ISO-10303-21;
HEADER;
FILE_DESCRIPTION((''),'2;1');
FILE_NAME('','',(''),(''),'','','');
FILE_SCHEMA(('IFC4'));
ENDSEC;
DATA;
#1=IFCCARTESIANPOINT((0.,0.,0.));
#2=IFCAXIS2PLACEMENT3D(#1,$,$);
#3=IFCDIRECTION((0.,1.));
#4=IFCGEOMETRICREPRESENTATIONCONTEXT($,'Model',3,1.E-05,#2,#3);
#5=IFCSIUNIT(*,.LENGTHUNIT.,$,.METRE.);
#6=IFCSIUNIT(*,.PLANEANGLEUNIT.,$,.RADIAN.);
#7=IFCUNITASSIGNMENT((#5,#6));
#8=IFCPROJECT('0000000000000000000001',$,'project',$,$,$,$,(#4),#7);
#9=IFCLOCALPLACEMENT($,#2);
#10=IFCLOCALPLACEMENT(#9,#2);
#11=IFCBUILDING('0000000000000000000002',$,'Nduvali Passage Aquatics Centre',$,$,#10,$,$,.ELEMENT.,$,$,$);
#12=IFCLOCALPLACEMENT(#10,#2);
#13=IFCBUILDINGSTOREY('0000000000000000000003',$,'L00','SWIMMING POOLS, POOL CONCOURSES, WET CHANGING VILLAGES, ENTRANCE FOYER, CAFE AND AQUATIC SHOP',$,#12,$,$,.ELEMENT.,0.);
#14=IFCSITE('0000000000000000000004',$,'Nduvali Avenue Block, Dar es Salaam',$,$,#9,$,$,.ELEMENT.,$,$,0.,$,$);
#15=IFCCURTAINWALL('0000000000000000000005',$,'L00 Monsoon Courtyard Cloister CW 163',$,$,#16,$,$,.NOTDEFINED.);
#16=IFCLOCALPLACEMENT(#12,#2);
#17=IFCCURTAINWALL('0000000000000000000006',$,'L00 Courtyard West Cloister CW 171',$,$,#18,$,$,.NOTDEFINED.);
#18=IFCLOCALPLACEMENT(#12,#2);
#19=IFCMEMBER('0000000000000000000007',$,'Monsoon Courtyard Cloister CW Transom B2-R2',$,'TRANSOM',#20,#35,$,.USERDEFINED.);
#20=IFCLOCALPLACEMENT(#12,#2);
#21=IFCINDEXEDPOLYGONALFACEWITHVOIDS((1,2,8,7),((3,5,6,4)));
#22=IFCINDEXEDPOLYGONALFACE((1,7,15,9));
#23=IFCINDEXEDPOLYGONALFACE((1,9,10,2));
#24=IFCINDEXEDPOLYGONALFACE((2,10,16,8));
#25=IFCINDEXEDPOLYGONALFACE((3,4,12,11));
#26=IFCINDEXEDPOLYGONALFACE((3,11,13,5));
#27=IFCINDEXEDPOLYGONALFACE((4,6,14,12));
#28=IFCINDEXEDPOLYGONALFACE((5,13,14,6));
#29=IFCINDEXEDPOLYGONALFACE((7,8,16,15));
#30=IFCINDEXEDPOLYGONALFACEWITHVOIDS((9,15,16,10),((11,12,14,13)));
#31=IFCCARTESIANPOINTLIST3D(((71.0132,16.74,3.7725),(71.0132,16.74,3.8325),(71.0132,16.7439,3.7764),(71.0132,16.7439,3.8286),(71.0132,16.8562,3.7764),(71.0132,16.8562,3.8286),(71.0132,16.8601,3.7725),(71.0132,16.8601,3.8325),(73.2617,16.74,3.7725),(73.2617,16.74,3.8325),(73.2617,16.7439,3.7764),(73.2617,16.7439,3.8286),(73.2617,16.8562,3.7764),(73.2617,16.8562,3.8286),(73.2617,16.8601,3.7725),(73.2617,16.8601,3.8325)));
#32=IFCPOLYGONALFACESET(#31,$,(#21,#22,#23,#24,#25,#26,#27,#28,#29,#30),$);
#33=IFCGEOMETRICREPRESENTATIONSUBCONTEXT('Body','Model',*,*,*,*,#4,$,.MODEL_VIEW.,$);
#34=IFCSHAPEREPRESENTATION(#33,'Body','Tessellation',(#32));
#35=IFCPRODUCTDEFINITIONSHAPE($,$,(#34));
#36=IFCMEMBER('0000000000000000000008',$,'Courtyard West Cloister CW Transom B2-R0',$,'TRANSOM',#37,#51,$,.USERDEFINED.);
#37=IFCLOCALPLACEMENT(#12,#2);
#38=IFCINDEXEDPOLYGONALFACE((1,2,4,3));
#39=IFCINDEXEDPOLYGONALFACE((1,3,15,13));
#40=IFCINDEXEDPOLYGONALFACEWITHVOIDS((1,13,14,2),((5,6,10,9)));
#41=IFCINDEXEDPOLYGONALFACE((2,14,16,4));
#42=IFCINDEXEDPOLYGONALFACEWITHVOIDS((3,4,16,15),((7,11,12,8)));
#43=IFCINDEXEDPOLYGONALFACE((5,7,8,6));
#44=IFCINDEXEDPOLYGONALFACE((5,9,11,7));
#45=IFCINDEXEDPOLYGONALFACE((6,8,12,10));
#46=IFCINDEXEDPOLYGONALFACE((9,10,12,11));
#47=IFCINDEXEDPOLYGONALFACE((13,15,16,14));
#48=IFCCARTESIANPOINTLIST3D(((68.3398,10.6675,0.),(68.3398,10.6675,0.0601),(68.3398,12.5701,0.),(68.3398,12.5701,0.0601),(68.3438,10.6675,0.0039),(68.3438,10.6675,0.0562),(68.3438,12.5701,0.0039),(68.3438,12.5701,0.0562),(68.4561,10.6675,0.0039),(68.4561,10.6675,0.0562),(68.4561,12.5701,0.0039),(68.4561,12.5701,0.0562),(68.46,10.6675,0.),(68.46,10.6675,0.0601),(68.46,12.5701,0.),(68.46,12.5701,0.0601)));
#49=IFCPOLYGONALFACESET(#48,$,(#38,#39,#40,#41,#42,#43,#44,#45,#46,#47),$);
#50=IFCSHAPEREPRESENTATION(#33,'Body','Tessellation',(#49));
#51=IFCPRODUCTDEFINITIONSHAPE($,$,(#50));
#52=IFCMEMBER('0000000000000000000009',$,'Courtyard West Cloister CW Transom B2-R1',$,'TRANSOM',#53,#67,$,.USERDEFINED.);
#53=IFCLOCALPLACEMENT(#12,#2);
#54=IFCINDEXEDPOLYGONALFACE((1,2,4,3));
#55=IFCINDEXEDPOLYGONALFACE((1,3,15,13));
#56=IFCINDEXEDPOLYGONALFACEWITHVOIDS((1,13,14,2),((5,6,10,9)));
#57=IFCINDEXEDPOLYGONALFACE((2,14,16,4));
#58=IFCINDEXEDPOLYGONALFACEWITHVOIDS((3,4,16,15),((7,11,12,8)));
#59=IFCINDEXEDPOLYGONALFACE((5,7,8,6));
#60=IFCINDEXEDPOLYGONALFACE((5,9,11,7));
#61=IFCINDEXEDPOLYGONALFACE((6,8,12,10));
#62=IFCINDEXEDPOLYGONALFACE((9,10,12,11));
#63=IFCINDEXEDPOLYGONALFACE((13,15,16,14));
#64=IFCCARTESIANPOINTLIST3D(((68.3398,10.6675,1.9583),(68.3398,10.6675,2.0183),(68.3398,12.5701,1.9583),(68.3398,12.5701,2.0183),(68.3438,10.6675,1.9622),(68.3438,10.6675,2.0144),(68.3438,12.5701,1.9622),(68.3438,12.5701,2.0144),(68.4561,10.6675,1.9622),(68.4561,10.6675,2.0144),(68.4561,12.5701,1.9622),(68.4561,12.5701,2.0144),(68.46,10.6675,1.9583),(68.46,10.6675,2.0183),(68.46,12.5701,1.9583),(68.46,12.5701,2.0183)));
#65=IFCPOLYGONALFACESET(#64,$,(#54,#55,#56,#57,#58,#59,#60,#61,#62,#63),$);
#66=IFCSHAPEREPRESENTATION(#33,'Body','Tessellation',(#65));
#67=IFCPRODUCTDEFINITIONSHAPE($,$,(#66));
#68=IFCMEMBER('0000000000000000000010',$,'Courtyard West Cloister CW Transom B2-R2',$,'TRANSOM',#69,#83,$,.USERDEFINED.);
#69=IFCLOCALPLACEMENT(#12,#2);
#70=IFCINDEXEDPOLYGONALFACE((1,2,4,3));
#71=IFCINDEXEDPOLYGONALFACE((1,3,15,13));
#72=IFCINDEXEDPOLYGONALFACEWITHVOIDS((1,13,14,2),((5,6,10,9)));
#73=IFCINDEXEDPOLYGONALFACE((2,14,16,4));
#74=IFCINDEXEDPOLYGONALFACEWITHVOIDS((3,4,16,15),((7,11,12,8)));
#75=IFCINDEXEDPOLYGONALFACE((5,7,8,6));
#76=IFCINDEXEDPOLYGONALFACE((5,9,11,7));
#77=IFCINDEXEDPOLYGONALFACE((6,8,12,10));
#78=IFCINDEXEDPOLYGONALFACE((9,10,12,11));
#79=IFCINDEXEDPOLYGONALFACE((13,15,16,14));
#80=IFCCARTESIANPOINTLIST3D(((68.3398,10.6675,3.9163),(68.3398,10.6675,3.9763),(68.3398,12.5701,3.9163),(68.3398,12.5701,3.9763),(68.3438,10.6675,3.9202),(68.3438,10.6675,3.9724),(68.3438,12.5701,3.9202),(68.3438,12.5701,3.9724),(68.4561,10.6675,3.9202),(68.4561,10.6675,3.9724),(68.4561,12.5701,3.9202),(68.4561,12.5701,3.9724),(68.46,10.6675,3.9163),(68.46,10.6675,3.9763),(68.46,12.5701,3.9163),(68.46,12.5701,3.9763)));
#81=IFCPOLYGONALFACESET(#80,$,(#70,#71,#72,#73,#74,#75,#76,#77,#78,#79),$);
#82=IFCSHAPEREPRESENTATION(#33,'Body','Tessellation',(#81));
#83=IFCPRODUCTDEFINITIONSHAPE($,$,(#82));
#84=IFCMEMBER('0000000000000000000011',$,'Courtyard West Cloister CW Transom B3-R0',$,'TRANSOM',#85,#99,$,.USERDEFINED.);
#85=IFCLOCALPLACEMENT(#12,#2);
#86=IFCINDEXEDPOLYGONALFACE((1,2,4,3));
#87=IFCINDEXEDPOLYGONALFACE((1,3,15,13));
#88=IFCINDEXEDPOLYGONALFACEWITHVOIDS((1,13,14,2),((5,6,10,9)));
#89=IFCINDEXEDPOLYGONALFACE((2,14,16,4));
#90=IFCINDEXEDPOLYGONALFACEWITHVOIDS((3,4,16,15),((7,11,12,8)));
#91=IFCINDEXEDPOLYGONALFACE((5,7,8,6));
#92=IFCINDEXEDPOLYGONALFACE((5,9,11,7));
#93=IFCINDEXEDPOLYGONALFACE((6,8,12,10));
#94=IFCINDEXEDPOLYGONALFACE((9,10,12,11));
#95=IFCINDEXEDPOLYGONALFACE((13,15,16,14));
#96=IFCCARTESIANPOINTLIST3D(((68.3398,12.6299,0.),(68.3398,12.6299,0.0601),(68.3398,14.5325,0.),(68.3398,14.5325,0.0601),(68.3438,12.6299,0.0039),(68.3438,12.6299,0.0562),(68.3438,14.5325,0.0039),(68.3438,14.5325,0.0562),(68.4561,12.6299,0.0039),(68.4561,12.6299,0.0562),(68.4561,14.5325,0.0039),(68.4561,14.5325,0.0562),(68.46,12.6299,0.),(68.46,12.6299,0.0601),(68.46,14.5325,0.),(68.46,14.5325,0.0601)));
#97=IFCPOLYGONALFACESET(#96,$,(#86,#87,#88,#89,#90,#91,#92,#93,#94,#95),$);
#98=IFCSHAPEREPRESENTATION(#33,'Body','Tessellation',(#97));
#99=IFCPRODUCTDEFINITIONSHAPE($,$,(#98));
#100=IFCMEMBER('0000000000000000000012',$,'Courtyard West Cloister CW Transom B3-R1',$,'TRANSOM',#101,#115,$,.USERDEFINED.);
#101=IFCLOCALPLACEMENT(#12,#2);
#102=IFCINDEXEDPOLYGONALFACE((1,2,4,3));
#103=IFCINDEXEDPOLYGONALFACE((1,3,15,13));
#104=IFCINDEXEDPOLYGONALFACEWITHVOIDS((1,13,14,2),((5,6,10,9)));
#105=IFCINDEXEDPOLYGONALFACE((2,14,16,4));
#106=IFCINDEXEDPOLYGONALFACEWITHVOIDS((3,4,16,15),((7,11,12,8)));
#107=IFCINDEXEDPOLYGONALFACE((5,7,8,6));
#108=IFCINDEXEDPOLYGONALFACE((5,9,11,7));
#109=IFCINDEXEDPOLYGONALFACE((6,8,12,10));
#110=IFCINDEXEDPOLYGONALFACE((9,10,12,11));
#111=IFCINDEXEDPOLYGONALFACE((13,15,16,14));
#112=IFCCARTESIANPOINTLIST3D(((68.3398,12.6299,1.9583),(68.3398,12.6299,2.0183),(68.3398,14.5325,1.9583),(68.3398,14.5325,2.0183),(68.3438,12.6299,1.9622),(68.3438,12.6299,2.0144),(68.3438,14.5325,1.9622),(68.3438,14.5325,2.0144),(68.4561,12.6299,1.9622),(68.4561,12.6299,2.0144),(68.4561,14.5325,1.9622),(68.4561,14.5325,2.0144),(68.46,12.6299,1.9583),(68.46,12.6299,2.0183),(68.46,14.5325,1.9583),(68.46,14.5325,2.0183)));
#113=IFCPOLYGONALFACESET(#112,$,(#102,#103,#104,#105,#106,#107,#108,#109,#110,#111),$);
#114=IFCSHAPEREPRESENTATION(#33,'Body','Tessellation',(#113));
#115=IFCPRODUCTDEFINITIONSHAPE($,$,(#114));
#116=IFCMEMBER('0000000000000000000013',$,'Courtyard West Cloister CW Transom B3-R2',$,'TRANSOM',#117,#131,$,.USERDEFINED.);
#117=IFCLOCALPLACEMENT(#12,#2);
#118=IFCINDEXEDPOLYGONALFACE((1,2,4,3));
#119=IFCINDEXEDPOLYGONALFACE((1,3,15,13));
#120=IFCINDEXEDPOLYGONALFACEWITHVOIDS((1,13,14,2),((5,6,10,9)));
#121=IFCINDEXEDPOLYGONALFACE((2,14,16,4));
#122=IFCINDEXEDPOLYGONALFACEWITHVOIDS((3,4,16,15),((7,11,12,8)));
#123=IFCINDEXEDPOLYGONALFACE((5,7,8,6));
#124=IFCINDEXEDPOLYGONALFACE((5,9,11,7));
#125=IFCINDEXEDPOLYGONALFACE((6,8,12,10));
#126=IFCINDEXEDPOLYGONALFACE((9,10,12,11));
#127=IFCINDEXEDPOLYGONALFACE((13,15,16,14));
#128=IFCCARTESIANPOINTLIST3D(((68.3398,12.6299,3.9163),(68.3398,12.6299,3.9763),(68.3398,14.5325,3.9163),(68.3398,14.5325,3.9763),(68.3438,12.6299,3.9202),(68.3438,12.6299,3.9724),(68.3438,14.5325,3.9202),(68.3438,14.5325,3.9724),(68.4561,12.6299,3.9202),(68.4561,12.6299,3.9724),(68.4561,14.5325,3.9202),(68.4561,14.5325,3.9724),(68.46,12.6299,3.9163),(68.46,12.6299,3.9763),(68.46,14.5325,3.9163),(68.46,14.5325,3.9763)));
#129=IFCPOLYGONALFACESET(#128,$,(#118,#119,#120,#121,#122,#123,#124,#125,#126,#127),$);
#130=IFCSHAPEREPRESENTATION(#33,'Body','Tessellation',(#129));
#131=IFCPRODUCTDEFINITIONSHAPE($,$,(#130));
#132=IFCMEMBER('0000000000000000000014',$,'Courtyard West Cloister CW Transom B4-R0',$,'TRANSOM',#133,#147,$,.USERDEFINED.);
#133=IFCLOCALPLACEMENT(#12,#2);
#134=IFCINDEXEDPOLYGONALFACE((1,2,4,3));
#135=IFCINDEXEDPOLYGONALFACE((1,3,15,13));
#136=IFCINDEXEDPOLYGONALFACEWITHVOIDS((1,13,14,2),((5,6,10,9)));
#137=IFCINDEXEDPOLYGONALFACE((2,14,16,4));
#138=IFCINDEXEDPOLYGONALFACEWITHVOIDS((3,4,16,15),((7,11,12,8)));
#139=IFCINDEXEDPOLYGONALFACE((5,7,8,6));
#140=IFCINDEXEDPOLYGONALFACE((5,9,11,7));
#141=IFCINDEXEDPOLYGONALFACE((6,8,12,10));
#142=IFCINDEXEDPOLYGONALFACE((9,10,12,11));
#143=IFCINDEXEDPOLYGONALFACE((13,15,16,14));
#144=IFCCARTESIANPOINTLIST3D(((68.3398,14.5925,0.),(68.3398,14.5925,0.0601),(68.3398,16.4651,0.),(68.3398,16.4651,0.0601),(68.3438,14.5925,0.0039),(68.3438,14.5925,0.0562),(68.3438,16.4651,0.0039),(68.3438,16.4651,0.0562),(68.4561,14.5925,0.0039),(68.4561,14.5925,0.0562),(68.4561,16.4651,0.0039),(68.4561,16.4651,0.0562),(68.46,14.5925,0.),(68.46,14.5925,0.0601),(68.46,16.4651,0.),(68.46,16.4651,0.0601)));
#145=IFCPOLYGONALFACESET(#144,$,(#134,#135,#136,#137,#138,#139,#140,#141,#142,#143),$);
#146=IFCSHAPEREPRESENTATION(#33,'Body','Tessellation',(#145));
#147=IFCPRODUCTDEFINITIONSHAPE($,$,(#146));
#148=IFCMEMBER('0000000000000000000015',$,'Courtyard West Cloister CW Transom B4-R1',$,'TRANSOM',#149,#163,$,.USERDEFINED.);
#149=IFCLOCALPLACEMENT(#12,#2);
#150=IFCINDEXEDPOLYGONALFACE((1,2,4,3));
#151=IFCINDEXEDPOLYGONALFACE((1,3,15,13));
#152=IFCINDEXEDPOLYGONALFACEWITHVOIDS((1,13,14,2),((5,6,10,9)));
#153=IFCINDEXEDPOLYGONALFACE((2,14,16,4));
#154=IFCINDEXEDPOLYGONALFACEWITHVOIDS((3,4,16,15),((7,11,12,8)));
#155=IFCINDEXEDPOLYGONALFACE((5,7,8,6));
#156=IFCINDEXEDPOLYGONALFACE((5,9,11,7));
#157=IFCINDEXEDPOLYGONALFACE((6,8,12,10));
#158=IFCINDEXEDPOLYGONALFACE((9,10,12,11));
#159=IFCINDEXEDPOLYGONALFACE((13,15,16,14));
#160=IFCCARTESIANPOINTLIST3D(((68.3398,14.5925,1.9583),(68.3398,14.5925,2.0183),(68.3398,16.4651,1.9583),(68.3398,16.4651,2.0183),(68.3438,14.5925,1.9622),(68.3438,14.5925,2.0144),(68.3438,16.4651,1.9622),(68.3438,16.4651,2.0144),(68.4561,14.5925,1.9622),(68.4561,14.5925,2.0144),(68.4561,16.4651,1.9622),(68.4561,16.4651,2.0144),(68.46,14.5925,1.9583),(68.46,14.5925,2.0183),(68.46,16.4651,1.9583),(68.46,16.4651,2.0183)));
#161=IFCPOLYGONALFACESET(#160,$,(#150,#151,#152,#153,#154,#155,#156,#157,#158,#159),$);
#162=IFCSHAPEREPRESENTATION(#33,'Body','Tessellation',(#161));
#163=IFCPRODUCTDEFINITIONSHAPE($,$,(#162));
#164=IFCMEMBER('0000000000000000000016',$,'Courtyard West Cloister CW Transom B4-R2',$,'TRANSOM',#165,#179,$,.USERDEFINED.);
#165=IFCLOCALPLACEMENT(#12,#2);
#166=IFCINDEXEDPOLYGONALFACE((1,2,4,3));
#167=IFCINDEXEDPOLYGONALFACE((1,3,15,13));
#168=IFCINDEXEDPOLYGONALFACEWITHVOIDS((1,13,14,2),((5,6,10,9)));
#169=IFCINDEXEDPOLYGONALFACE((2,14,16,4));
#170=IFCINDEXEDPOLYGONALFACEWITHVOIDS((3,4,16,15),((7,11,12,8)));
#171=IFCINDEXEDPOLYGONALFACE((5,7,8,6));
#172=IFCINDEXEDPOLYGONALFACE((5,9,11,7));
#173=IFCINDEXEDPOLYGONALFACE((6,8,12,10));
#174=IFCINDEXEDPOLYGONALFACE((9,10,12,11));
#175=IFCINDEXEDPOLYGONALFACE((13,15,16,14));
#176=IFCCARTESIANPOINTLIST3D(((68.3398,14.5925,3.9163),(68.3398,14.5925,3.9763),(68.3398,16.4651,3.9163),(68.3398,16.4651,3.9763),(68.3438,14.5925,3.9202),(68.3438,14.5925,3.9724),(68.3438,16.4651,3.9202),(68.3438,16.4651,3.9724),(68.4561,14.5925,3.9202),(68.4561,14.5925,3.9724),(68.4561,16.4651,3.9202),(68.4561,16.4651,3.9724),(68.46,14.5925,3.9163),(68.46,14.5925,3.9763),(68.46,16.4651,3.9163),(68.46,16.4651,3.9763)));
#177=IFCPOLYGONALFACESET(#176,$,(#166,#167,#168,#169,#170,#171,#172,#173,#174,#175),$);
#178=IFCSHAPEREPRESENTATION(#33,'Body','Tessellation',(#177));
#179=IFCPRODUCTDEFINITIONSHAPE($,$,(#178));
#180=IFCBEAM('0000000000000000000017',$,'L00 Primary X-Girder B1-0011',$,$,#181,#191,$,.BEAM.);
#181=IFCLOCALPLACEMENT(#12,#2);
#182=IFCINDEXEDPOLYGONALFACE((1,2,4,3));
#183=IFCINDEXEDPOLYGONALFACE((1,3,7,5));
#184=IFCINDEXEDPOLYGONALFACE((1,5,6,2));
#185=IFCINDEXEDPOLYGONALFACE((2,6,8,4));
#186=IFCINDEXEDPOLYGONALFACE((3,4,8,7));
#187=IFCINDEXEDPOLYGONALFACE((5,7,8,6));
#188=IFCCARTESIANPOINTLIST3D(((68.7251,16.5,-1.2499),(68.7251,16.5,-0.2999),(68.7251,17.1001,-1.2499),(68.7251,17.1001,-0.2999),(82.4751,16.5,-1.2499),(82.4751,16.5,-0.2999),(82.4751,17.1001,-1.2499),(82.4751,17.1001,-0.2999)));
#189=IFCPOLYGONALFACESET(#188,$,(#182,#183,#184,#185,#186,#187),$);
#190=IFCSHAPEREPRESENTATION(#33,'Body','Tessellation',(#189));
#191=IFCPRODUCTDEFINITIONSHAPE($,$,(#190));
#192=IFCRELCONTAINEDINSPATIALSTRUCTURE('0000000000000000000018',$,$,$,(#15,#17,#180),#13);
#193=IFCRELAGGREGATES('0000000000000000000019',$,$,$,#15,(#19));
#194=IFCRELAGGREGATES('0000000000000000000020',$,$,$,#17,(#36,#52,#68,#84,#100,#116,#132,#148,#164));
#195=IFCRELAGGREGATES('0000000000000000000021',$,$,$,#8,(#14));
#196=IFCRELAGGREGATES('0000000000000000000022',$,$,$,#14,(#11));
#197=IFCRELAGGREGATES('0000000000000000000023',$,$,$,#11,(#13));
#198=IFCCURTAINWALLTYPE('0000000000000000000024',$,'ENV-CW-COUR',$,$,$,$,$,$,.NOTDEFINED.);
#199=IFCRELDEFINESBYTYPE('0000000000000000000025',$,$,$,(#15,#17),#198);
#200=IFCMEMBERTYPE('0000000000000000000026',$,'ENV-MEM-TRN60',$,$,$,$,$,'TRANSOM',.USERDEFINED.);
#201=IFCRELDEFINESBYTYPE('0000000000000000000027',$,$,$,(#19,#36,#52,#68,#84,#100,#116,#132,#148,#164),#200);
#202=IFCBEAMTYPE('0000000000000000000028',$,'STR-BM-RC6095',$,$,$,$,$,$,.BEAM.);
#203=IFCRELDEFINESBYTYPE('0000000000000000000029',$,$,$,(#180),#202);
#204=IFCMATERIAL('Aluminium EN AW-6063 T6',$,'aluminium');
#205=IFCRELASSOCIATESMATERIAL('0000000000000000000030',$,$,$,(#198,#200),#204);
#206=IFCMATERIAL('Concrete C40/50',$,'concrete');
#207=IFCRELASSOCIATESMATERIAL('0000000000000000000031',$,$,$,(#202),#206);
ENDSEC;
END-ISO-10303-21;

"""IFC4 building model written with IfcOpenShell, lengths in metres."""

from ifc_helpers import new_model, si_unit, direction, frame, origin, origin_2d, place, context, subcontext, project, spatial, rectangle, hollow_rectangle, extrude, material, material_profile, profile_set, type_object, element, aggregate, save


model = new_model("IFC4")

# Units and contexts
model_context = context("Model", 3, precision=1e-05, world=origin(), true_north=direction((0.0, 1.0)))
body_context = subcontext(model_context, "Body", "Model", "MODEL_VIEW")
ifc_project = project(units=[si_unit("LENGTHUNIT", "METRE"), si_unit("PLANEANGLEUNIT", "RADIAN")], contexts=[model_context])

# Site, building, storey
site_placement = place(None, origin())
site = spatial("IfcSite", under=ifc_project, at=site_placement, Name="Nduvali Avenue Block, Dar es Salaam", CompositionType="ELEMENT", RefElevation=0.0)
building_placement = place(site_placement, origin())
building = spatial("IfcBuilding", under=site, at=building_placement, Name="Nduvali Passage Aquatics Centre", CompositionType="ELEMENT")
storey_placement = place(building_placement, origin())
storey = spatial("IfcBuildingStorey", under=building, at=storey_placement, Name="L00", Description="SWIMMING POOLS, POOL CONCOURSES, WET CHANGING VILLAGES, ENTRANCE FOYER, CAFE AND AQUATIC SHOP", CompositionType="ELEMENT", Elevation=0.0)

# Shared definitions
ifc_material_1 = material(Name="Concrete C40/50", Category="concrete")

# Curtain walls
ifc_material_2 = material(Name="Aluminium EN AW-6063 T6", Category="aluminium")
curtain_wall_type = type_object("IfcCurtainWallType", Name="ENV-CW-COUR", PredefinedType="NOTDEFINED", material=ifc_material_2)
curtain_wall_1_placement = place(storey_placement, origin())
curtain_wall_1 = element("IfcCurtainWall", 1, at=curtain_wall_1_placement, inside=storey, type_object=curtain_wall_type, Name="L00 Monsoon Courtyard Cloister CW 163", PredefinedType="NOTDEFINED")
curtain_wall_2_placement = place(storey_placement, origin())
curtain_wall_2 = element("IfcCurtainWall", 2, at=curtain_wall_2_placement, inside=storey, type_object=curtain_wall_type, Name="L00 Courtyard West Cloister CW 171", PredefinedType="NOTDEFINED")

# Members
ifc_material_profile_1 = material_profile(ifc_material_2, hollow_rectangle(XDim=0.1201, YDim=0.0601, WallThickness=0.0039, at=origin_2d()), Name="ALU TRANSOM 120x60x4")
ifc_profile_set_1 = profile_set([ifc_material_profile_1], Name="Aluminium EN AW-6063 T6")
member_type_1 = type_object("IfcMemberType", Name="ENV-MEM-TRN60", ElementType="TRANSOM", PredefinedType="USERDEFINED", material=ifc_profile_set_1)
member_1_placement = place(storey_placement, frame((71.0132, 16.8, 3.8025), z_axis=(1.0, 0.0, 0.0), x_axis=(0.0, 1.0, 0.0)))
member_1 = element("IfcMember", 3, at=member_1_placement, type_object=member_type_1, Name="Monsoon Courtyard Cloister CW Transom B2-R2", ObjectType="TRANSOM", PredefinedType="USERDEFINED", context=body_context, shape_type="SweptSolid", body=[
    extrude(hollow_rectangle(XDim=0.1201, YDim=0.0601, WallThickness=0.0039, at=origin_2d()), origin(), (0.0, 0.0, 1.0), 2.2485),
])
member_2_placement = place(storey_placement, frame((68.3999, 10.6675, 0.03), z_axis=(0.0, 1.0, 0.0), x_axis=(-1.0, 0.0, 0.0)))
member_2 = element("IfcMember", 4, at=member_2_placement, type_object=member_type_1, Name="Courtyard West Cloister CW Transom B2-R0", ObjectType="TRANSOM", PredefinedType="USERDEFINED", context=body_context, shape_type="SweptSolid", body=[
    extrude(hollow_rectangle(XDim=0.1201, YDim=0.0601, WallThickness=0.0039, at=origin_2d()), origin(), (0.0, 0.0, 1.0), 1.9026),
])
member_3_placement = place(storey_placement, frame((68.3999, 10.6675, 1.9883), z_axis=(0.0, 1.0, 0.0), x_axis=(-1.0, 0.0, 0.0)))
member_3 = element("IfcMember", 5, at=member_3_placement, type_object=member_type_1, Name="Courtyard West Cloister CW Transom B2-R1", ObjectType="TRANSOM", PredefinedType="USERDEFINED", context=body_context, shape_type="SweptSolid", body=[
    extrude(hollow_rectangle(XDim=0.1201, YDim=0.0601, WallThickness=0.0039, at=origin_2d()), origin(), (0.0, 0.0, 1.0), 1.9026),
])
member_4_placement = place(storey_placement, frame((68.3999, 10.6675, 3.9463), z_axis=(0.0, 1.0, 0.0), x_axis=(-1.0, 0.0, 0.0)))
member_4 = element("IfcMember", 6, at=member_4_placement, type_object=member_type_1, Name="Courtyard West Cloister CW Transom B2-R2", ObjectType="TRANSOM", PredefinedType="USERDEFINED", context=body_context, shape_type="SweptSolid", body=[
    extrude(hollow_rectangle(XDim=0.1201, YDim=0.0601, WallThickness=0.0039, at=origin_2d()), origin(), (0.0, 0.0, 1.0), 1.9026),
])
member_5_placement = place(storey_placement, frame((68.3999, 12.6299, 0.03), z_axis=(0.0, 1.0, 0.0), x_axis=(-1.0, 0.0, 0.0)))
member_5 = element("IfcMember", 7, at=member_5_placement, type_object=member_type_1, Name="Courtyard West Cloister CW Transom B3-R0", ObjectType="TRANSOM", PredefinedType="USERDEFINED", context=body_context, shape_type="SweptSolid", body=[
    extrude(hollow_rectangle(XDim=0.1201, YDim=0.0601, WallThickness=0.0039, at=origin_2d()), origin(), (0.0, 0.0, 1.0), 1.9026),
])
member_6_placement = place(storey_placement, frame((68.3999, 12.6299, 1.9883), z_axis=(0.0, 1.0, 0.0), x_axis=(-1.0, 0.0, 0.0)))
member_6 = element("IfcMember", 8, at=member_6_placement, type_object=member_type_1, Name="Courtyard West Cloister CW Transom B3-R1", ObjectType="TRANSOM", PredefinedType="USERDEFINED", context=body_context, shape_type="SweptSolid", body=[
    extrude(hollow_rectangle(XDim=0.1201, YDim=0.0601, WallThickness=0.0039, at=origin_2d()), origin(), (0.0, 0.0, 1.0), 1.9026),
])
member_7_placement = place(storey_placement, frame((68.3999, 12.6299, 3.9463), z_axis=(0.0, 1.0, 0.0), x_axis=(-1.0, 0.0, 0.0)))
member_7 = element("IfcMember", 9, at=member_7_placement, type_object=member_type_1, Name="Courtyard West Cloister CW Transom B3-R2", ObjectType="TRANSOM", PredefinedType="USERDEFINED", context=body_context, shape_type="SweptSolid", body=[
    extrude(hollow_rectangle(XDim=0.1201, YDim=0.0601, WallThickness=0.0039, at=origin_2d()), origin(), (0.0, 0.0, 1.0), 1.9026),
])
member_8_placement = place(storey_placement, frame((68.3999, 14.5925, 0.03), z_axis=(0.0, 1.0, 0.0), x_axis=(-1.0, 0.0, 0.0)))
member_8 = element("IfcMember", 10, at=member_8_placement, type_object=member_type_1, Name="Courtyard West Cloister CW Transom B4-R0", ObjectType="TRANSOM", PredefinedType="USERDEFINED", context=body_context, shape_type="SweptSolid", body=[
    extrude(hollow_rectangle(XDim=0.1201, YDim=0.0601, WallThickness=0.0039, at=origin_2d()), origin(), (0.0, 0.0, 1.0), 1.8726),
])
member_9_placement = place(storey_placement, frame((68.3999, 14.5925, 1.9883), z_axis=(0.0, 1.0, 0.0), x_axis=(-1.0, 0.0, 0.0)))
member_9 = element("IfcMember", 11, at=member_9_placement, type_object=member_type_1, Name="Courtyard West Cloister CW Transom B4-R1", ObjectType="TRANSOM", PredefinedType="USERDEFINED", context=body_context, shape_type="SweptSolid", body=[
    extrude(hollow_rectangle(XDim=0.1201, YDim=0.0601, WallThickness=0.0039, at=origin_2d()), origin(), (0.0, 0.0, 1.0), 1.8726),
])
member_10_placement = place(storey_placement, frame((68.3999, 14.5925, 3.9463), z_axis=(0.0, 1.0, 0.0), x_axis=(-1.0, 0.0, 0.0)))
member_10 = element("IfcMember", 12, at=member_10_placement, type_object=member_type_1, Name="Courtyard West Cloister CW Transom B4-R2", ObjectType="TRANSOM", PredefinedType="USERDEFINED", context=body_context, shape_type="SweptSolid", body=[
    extrude(hollow_rectangle(XDim=0.1201, YDim=0.0601, WallThickness=0.0039, at=origin_2d()), origin(), (0.0, 0.0, 1.0), 1.8726),
])

# Beam
ifc_material_profile_2 = material_profile(ifc_material_1, rectangle(XDim=0.6001, YDim=0.95, at=origin_2d()), Name="RC 600x950")
ifc_profile_set_2 = profile_set([ifc_material_profile_2], Name="Concrete C40/50")
beam_type = type_object("IfcBeamType", Name="STR-BM-RC6095", PredefinedType="BEAM", material=ifc_profile_set_2)
beam_placement = place(storey_placement, frame((68.7251, 16.8, -0.7749), z_axis=(1.0, 0.0, 0.0), x_axis=(0.0, 1.0, 0.0)))
element("IfcBeam", 13, at=beam_placement, inside=storey, type_object=beam_type, Name="L00 Primary X-Girder B1-0011", PredefinedType="BEAM", context=body_context, shape_type="SweptSolid", body=[
    extrude(rectangle(XDim=0.6001, YDim=0.95, at=origin_2d()), origin(), (0.0, 0.0, 1.0), 13.75),
])

aggregate(curtain_wall_1, [member_1])
aggregate(curtain_wall_2, [member_2, member_3, member_4, member_5, member_6, member_7, member_8, member_9, member_10])

save(model, "model.ifc")
